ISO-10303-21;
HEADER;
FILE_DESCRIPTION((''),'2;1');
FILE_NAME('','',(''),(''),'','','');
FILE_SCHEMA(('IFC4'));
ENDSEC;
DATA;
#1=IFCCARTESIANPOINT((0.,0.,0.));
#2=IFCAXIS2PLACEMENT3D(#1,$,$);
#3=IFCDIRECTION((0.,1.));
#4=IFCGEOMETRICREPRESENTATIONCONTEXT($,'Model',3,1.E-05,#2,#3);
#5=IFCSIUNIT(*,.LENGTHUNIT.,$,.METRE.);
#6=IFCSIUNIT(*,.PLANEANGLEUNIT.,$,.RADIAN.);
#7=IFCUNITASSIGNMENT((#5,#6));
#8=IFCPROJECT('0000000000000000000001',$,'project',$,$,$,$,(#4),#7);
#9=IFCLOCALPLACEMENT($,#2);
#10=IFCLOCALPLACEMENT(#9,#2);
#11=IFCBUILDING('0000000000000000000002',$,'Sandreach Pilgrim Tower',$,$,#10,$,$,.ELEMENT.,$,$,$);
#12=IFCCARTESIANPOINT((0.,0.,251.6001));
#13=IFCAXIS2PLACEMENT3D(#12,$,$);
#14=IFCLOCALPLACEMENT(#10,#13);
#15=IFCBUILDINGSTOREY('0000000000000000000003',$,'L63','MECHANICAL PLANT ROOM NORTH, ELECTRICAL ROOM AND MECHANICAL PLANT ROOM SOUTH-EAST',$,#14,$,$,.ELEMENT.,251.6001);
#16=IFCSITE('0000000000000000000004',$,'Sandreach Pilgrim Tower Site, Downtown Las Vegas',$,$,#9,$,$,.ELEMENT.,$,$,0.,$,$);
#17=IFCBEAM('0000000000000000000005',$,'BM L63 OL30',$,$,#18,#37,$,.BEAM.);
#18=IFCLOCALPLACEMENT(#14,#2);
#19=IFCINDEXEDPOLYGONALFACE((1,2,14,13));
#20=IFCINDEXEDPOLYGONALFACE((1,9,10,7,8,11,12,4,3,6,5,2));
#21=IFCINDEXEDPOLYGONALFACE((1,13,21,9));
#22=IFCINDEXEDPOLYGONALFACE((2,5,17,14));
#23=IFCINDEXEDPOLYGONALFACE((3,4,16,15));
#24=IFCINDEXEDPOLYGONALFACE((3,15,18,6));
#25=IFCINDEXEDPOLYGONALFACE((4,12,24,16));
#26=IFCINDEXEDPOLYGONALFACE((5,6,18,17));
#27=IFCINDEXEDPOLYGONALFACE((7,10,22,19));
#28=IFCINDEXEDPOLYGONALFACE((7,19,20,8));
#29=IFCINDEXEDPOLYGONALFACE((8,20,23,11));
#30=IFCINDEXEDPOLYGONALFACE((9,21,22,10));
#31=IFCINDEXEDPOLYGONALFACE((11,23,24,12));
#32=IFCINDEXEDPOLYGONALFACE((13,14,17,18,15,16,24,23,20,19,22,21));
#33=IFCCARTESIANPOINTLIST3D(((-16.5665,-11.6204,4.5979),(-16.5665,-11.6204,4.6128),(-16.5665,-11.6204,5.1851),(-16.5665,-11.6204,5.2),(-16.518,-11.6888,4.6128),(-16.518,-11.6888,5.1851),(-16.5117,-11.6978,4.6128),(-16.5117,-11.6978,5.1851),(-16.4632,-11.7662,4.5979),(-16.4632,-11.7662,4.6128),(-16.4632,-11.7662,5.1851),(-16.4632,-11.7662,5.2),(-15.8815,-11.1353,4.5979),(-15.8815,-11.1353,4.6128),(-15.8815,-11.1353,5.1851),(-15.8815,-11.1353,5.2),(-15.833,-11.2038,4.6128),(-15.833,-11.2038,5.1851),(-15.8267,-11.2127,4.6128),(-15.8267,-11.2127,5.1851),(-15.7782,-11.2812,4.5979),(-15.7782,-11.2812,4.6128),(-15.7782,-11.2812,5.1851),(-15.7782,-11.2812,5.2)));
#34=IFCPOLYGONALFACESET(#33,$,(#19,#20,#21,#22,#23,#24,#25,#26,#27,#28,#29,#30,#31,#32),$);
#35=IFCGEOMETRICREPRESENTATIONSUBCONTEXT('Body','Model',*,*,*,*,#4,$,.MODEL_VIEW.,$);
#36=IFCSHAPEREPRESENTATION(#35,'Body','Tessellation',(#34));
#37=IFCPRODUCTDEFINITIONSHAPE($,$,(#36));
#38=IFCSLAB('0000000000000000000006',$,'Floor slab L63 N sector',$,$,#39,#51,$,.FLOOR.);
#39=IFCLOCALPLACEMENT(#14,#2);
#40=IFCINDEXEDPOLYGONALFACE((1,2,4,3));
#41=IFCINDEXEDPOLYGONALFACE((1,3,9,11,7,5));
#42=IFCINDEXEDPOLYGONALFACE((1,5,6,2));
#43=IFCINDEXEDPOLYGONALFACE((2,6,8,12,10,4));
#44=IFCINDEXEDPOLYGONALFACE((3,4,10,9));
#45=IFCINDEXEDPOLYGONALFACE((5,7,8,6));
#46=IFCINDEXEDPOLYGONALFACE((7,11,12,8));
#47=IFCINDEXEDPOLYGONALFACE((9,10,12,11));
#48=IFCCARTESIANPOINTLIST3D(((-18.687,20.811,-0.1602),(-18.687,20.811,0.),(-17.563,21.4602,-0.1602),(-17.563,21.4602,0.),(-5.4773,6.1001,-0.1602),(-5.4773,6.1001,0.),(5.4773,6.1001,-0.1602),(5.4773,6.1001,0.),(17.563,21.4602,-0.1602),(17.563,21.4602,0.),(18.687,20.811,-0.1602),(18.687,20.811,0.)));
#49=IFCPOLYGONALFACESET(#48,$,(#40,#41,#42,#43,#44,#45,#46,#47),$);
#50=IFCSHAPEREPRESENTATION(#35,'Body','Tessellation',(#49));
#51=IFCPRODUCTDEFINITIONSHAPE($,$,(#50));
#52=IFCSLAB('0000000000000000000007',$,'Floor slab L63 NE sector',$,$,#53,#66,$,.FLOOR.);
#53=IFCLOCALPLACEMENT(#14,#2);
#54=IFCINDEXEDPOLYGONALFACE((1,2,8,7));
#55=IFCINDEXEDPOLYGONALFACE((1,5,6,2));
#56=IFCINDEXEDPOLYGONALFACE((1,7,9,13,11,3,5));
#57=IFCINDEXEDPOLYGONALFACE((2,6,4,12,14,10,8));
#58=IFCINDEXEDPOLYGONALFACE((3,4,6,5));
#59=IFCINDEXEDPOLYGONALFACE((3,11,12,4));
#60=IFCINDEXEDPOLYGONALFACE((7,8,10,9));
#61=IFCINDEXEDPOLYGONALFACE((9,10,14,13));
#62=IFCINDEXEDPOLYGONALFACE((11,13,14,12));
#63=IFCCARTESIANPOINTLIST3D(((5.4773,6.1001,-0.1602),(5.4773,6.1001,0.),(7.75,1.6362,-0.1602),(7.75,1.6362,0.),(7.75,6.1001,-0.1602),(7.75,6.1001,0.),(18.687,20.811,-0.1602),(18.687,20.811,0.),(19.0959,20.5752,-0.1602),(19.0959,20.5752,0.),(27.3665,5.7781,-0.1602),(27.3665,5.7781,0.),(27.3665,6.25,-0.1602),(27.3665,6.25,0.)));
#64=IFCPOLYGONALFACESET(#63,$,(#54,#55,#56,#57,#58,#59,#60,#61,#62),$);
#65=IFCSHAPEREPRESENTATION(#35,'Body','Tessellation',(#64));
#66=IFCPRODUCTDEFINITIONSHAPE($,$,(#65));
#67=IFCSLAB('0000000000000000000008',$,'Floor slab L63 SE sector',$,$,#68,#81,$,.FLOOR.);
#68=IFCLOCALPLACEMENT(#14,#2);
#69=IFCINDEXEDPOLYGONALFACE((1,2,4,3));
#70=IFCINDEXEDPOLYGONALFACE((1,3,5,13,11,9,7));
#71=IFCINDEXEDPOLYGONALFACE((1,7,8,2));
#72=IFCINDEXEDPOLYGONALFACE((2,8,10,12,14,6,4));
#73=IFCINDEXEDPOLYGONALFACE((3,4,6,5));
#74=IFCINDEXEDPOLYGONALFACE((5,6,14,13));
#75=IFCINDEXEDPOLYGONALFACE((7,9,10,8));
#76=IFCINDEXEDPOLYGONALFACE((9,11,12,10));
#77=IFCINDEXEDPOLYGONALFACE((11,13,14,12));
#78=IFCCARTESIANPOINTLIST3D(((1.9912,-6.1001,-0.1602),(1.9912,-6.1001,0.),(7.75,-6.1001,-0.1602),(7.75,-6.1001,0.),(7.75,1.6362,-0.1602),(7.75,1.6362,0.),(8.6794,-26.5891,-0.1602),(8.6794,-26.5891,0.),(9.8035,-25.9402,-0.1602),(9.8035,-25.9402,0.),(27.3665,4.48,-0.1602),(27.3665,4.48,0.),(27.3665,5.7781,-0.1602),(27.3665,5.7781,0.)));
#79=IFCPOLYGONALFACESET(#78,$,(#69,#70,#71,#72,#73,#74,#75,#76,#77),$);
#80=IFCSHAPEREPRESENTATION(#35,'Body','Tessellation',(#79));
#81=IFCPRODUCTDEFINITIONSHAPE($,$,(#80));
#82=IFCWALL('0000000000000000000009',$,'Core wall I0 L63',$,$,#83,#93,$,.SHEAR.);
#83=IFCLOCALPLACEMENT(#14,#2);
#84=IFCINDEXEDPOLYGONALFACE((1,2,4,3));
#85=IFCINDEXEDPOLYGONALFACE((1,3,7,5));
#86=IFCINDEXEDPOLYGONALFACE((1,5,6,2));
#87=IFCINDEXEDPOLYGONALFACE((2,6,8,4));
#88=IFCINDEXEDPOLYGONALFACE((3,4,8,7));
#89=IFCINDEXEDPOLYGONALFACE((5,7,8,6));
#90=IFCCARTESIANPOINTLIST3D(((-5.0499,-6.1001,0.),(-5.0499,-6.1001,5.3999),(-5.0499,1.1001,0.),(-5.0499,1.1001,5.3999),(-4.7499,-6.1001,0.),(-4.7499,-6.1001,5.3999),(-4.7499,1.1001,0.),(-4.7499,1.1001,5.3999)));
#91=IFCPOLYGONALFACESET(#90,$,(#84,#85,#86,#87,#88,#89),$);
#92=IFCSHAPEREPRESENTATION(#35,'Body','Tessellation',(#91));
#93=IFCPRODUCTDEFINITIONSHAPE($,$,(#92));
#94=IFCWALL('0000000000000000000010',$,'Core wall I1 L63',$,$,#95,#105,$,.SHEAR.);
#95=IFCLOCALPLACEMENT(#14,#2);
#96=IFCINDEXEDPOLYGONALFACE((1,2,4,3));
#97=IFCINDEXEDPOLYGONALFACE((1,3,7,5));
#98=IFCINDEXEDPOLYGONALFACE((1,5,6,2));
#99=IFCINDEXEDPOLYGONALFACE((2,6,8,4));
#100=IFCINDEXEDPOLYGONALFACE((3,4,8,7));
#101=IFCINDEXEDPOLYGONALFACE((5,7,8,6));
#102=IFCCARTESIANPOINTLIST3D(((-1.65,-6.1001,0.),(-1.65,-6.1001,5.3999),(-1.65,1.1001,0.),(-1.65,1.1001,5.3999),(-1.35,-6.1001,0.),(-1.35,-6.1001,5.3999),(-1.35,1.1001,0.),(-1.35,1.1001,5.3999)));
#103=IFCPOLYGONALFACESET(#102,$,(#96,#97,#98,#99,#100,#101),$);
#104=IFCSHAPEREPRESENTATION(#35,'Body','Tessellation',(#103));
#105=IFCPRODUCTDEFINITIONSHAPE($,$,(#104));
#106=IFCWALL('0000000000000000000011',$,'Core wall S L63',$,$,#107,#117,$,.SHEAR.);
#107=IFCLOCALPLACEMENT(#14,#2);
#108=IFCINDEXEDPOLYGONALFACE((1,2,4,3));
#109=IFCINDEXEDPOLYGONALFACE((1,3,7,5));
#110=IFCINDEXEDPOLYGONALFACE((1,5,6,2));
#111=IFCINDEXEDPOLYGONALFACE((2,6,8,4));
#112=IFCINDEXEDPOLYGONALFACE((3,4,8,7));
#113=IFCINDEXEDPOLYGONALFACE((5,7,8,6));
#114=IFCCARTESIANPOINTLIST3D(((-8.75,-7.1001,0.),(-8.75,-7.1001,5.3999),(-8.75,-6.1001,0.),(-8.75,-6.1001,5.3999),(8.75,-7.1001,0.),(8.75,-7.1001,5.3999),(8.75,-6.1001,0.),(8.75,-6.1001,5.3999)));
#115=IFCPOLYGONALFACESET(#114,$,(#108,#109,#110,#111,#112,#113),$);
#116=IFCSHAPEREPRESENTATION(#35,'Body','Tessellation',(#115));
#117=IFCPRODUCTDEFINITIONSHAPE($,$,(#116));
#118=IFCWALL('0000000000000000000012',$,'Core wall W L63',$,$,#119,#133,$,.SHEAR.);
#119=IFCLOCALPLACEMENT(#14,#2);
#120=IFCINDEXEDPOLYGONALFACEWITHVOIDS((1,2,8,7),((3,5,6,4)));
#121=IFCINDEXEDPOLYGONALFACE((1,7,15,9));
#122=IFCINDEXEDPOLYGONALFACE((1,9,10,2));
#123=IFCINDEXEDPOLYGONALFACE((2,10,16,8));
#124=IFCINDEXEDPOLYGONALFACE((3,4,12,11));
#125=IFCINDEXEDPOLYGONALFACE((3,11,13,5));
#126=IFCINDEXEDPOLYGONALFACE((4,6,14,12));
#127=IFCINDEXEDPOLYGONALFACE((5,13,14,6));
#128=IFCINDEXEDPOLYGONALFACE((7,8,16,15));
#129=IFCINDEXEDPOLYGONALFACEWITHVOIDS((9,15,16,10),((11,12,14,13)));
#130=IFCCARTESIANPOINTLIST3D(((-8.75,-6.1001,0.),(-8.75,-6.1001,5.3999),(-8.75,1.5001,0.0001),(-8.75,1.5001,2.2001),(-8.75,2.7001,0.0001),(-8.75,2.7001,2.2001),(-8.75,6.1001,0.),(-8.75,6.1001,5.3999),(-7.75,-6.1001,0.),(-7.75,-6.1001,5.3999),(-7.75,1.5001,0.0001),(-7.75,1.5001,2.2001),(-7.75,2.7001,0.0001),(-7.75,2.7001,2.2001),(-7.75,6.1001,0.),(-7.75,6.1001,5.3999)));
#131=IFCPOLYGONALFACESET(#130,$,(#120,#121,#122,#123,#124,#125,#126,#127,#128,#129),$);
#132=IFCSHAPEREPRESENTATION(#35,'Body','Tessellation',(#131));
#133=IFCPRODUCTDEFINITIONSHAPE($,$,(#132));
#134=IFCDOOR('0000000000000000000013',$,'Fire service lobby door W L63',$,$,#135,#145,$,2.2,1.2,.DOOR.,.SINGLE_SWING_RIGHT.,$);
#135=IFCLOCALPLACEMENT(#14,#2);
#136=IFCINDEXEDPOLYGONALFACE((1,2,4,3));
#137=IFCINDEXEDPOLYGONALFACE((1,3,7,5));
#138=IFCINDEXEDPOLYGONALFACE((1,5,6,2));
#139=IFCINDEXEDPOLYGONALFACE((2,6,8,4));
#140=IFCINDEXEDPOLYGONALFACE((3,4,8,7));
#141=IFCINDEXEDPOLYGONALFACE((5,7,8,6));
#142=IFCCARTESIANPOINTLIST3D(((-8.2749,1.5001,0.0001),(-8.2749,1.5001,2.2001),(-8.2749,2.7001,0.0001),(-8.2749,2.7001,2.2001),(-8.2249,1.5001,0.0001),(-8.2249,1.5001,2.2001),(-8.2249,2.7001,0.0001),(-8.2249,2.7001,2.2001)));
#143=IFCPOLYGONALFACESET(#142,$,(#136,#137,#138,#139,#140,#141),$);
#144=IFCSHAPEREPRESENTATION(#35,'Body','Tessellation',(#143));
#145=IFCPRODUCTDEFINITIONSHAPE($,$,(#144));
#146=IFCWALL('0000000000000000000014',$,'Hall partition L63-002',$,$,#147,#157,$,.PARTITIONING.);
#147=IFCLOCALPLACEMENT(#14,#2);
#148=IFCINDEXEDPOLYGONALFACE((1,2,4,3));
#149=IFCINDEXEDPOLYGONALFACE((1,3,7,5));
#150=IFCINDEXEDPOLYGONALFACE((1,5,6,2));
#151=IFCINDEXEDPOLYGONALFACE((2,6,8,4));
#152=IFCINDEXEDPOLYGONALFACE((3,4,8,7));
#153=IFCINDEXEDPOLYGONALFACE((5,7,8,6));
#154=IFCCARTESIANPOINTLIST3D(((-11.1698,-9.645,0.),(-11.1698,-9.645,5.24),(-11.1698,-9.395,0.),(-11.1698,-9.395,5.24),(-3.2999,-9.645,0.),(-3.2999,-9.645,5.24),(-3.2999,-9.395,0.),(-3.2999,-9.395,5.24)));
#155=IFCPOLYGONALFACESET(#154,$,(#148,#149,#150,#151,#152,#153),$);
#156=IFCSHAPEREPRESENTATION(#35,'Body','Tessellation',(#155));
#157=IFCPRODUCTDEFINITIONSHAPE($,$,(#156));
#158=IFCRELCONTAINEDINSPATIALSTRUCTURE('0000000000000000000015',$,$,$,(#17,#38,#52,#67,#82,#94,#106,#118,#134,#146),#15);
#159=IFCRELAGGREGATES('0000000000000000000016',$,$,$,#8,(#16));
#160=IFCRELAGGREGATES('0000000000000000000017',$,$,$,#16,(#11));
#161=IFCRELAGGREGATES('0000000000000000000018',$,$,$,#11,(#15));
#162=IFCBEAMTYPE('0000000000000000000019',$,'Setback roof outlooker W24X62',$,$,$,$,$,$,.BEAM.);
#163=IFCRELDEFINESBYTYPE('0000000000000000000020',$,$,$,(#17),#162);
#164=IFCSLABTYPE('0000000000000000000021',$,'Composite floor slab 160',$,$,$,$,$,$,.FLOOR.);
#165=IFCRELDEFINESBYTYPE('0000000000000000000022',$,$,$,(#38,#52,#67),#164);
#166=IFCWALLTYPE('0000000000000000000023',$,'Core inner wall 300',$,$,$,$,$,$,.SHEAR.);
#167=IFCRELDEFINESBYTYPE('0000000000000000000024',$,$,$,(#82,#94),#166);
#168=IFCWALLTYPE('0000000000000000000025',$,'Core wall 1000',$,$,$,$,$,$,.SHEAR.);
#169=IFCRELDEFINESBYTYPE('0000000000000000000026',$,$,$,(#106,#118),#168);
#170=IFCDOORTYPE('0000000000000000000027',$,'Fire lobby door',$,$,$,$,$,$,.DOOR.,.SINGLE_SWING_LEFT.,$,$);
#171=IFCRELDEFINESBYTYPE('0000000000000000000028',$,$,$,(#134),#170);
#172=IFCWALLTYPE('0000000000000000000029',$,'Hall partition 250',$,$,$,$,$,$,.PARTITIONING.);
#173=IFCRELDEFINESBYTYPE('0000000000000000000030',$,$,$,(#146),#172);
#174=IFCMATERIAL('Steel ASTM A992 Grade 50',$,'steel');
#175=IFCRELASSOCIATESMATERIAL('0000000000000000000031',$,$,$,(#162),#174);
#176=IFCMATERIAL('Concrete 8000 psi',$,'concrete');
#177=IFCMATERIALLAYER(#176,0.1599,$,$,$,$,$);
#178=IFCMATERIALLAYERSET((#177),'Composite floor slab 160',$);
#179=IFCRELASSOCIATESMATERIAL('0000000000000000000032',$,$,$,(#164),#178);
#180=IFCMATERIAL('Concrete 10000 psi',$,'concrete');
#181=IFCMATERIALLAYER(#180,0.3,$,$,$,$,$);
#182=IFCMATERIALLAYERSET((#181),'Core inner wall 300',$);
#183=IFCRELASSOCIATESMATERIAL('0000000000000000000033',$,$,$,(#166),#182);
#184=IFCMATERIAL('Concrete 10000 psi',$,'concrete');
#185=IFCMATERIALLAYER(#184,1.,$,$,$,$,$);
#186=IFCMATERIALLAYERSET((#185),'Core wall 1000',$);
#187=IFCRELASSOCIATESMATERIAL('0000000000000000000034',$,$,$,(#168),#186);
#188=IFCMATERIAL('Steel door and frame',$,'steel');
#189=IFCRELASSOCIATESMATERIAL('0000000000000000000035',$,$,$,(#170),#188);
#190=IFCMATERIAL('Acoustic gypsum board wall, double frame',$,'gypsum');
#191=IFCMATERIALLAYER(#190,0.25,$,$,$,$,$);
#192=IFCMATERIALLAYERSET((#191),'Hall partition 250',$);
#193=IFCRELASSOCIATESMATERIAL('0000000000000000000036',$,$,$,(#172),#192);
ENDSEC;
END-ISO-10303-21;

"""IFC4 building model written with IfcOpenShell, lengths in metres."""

from ifc_helpers import new_model, si_unit, direction, frame, frame_2d, origin, origin_2d, place, context, subcontext, project, spatial, polyline, rectangle, i_section, outline, extrude, material, layer, layer_set, material_profile, profile_set, type_object, element, fill, save


model = new_model("IFC4")

# Units and contexts
model_context = context("Model", 3, precision=1e-05, world=origin(), true_north=direction((0.0, 1.0)))
body_context = subcontext(model_context, "Body", "Model", "MODEL_VIEW")
ifc_project = project(units=[si_unit("LENGTHUNIT", "METRE"), si_unit("PLANEANGLEUNIT", "RADIAN")], contexts=[model_context])

# Site, building, storey
site_placement = place(None, origin())
site = spatial("IfcSite", under=ifc_project, at=site_placement, Name="Sandreach Pilgrim Tower Site, Downtown Las Vegas", CompositionType="ELEMENT", RefElevation=0.0)
building_placement = place(site_placement, origin())
building = spatial("IfcBuilding", under=site, at=building_placement, Name="Sandreach Pilgrim Tower", CompositionType="ELEMENT")
storey_placement = place(building_placement, frame((0.0, 0.0, 251.6001)))
storey = spatial("IfcBuildingStorey", under=building, at=storey_placement, Name="L63", Description="MECHANICAL PLANT ROOM NORTH, ELECTRICAL ROOM AND MECHANICAL PLANT ROOM SOUTH-EAST", CompositionType="ELEMENT", Elevation=251.6001)

# Beam
ifc_material_1 = material(Name="Steel ASTM A992 Grade 50", Category="steel")
ifc_material_profile_1 = material_profile(ifc_material_1, i_section(OverallWidth=0.1787, OverallDepth=0.6021, WebThickness=0.011, FlangeThickness=0.0149, at=origin_2d()), Name="W24X62")
ifc_profile_set_1 = profile_set([ifc_material_profile_1], Name="Steel ASTM A992 Grade 50")
beam_type_1 = type_object("IfcBeamType", Name="Setback roof outlooker W24X62", PredefinedType="BEAM", material=ifc_profile_set_1)
beam_1_placement = place(storey_placement, frame((-15.8298, -11.2083, 4.8989), z_axis=(-0.816104, -0.577904, 0.0), x_axis=(0.577904, -0.816104, 0.0)))
element("IfcBeam", 1, at=beam_1_placement, inside=storey, type_object=beam_type_1, Name="BM L63 OL30", PredefinedType="BEAM", context=body_context, shape_type="SweptSolid", body=[
    extrude(i_section(OverallWidth=0.1787, OverallDepth=0.6021, WebThickness=0.011, FlangeThickness=0.0149, at=origin_2d()), origin(), (0.0, 0.0, 1.0), 0.8394),
])

# Slabs
ifc_material_2 = material(Name="Concrete 8000 psi", Category="concrete")
ifc_layer_1 = layer(ifc_material_2, 0.1599)
ifc_layer_set_1 = layer_set([ifc_layer_1], Name="Composite floor slab 160")
slab_type = type_object("IfcSlabType", Name="Composite floor slab 160", PredefinedType="FLOOR", material=ifc_layer_set_1)
slab_1_placement = place(storey_placement, frame((0.0, 0.0, -0.1602)))
element("IfcSlab", 2, at=slab_1_placement, inside=storey, type_object=slab_type, Name="Floor slab L63 N sector", PredefinedType="FLOOR", context=body_context, shape_type="SweptSolid", body=[
    extrude(outline(polyline([(-17.563, 21.4602), (17.563, 21.4602), (18.687, 20.811), (5.4773, 6.1001), (-5.4773, 6.1001), (-18.687, 20.811), (-17.563, 21.4602)])), origin(), (0.0, 0.0, 1.0), 0.1602),
])
slab_2_placement = place(storey_placement, frame((0.0, 0.0, -0.1602)))
element("IfcSlab", 3, at=slab_2_placement, inside=storey, type_object=slab_type, Name="Floor slab L63 NE sector", PredefinedType="FLOOR", context=body_context, shape_type="SweptSolid", body=[
    extrude(outline(polyline([(19.0959, 20.5752), (27.3665, 6.25), (27.3665, 5.7781), (7.75, 1.6362), (7.75, 6.1001), (5.4773, 6.1001), (18.687, 20.811), (19.0959, 20.5752)])), origin(), (0.0, 0.0, 1.0), 0.1602),
])
slab_3_placement = place(storey_placement, frame((0.0, 0.0, -0.1602)))
element("IfcSlab", 4, at=slab_3_placement, inside=storey, type_object=slab_type, Name="Floor slab L63 SE sector", PredefinedType="FLOOR", context=body_context, shape_type="SweptSolid", body=[
    extrude(outline(polyline([(27.3665, 4.48), (9.8035, -25.9402), (8.6794, -26.5891), (1.9912, -6.1001), (7.75, -6.1001), (7.75, 1.6362), (27.3665, 5.7781), (27.3665, 4.48)])), origin(), (0.0, 0.0, 1.0), 0.1602),
])

# Walls
ifc_material_3 = material(Name="Concrete 10000 psi", Category="concrete")
ifc_layer_2 = layer(ifc_material_3, 0.3)
ifc_layer_set_2 = layer_set([ifc_layer_2], Name="Core inner wall 300")
wall_type_1 = type_object("IfcWallType", Name="Core inner wall 300", PredefinedType="SHEAR", material=ifc_layer_set_2)
for number, where, z_axis, x_axis, name in (
    (5, (-4.8999, -6.1001, 0.0), (0.0, 0.0, 1.0), (0.0, 1.0, 0.0), "Core wall I0 L63"),
    (6, (-1.5, -6.1001, 0.0), (0.0, 0.0, 1.0), (0.0, 1.0, 0.0), "Core wall I1 L63"),
):
    element("IfcWall", number, at=place(storey_placement, frame(where, z_axis=z_axis, x_axis=x_axis)), inside=storey, type_object=wall_type_1, Name=name, PredefinedType="SHEAR", context=body_context, shape_type="SweptSolid", body=[
        extrude(rectangle(XDim=7.2002, YDim=0.3, at=frame_2d((3.6001, 0.0))), origin(), (0.0, 0.0, 1.0), 5.3999),
    ])

# Wall
ifc_material_4 = material(Name="Concrete 10000 psi", Category="concrete")
ifc_layer_3 = layer(ifc_material_4, 1.0)
ifc_layer_set_3 = layer_set([ifc_layer_3], Name="Core wall 1000")
wall_type_2 = type_object("IfcWallType", Name="Core wall 1000", PredefinedType="SHEAR", material=ifc_layer_set_3)
wall_1_placement = place(storey_placement, frame((-8.75, -6.6001, 0.0), z_axis=(0.0, 0.0, 1.0), x_axis=(1.0, 0.0, 0.0)))
element("IfcWall", 7, at=wall_1_placement, inside=storey, type_object=wall_type_2, Name="Core wall S L63", PredefinedType="SHEAR", context=body_context, shape_type="SweptSolid", body=[
    extrude(rectangle(XDim=17.5, YDim=1.0, at=frame_2d((8.75, 0.0))), origin(), (0.0, 0.0, 1.0), 5.3999),
])

# Wall, opening, door
wall_2_placement = place(storey_placement, frame((-8.25, -6.1001, 0.0), z_axis=(0.0, 0.0, 1.0), x_axis=(0.0, 1.0, 0.0)))
wall_2 = element("IfcWall", 8, at=wall_2_placement, inside=storey, type_object=wall_type_2, Name="Core wall W L63", PredefinedType="SHEAR", context=body_context, shape_type="SweptSolid", body=[
    extrude(rectangle(XDim=12.2002, YDim=1.0, at=frame_2d((6.1001, 0.0))), origin(), (0.0, 0.0, 1.0), 5.3999),
])
opening_1_placement = place(wall_2_placement, frame((7.6001, 0.0, 0.0)))
opening_1 = element("IfcOpeningElement", 9, at=opening_1_placement, cuts=wall_2, PredefinedType="OPENING", context=body_context, shape_type="SweptSolid", body=[
    extrude(rectangle(XDim=1.2, YDim=2.2, at=frame_2d((0.6001, 1.1001))), frame((0.0, 0.5, 0.0), z_axis=(0.0, -1.0, 0.0), x_axis=(1.0, 0.0, 0.0)), (0.0, 0.0, 1.0), 1.0),
])
ifc_material_5 = material(Name="Steel door and frame", Category="steel")
door_type_1 = type_object("IfcDoorType", Name="Fire lobby door", OperationType="SINGLE_SWING_LEFT", PredefinedType="DOOR", material=ifc_material_5)
door_1_placement = place(opening_1_placement, origin())
door_1 = element("IfcDoor", 10, at=door_1_placement, inside=storey, type_object=door_type_1, Name="Fire service lobby door W L63", OperationType="SINGLE_SWING_RIGHT", OverallHeight=2.2, OverallWidth=1.2, PredefinedType="DOOR", context=body_context, shape_type="SweptSolid", body=[
    extrude(rectangle(XDim=1.2, YDim=2.2, at=frame_2d((0.6001, 1.1001))), frame((0.0, 0.0249, 0.0), z_axis=(0.0, -1.0, 0.0), x_axis=(1.0, 0.0, 0.0)), (0.0, 0.0, 1.0), 0.05),
])
fill(opening_1, door_1)

# Wall
ifc_material_6 = material(Name="Acoustic gypsum board wall, double frame", Category="gypsum")
ifc_layer_4 = layer(ifc_material_6, 0.25)
ifc_layer_set_4 = layer_set([ifc_layer_4], Name="Hall partition 250")
wall_type_3 = type_object("IfcWallType", Name="Hall partition 250", PredefinedType="PARTITIONING", material=ifc_layer_set_4)
wall_3_placement = place(storey_placement, frame((-11.1699, -9.52, 0.0), z_axis=(0.0, 0.0, 1.0), x_axis=(1.0, 0.0, 0.0)))
element("IfcWall", 11, at=wall_3_placement, inside=storey, type_object=wall_type_3, Name="Hall partition L63-002", PredefinedType="PARTITIONING", context=body_context, shape_type="SweptSolid", body=[
    extrude(rectangle(XDim=7.8699, YDim=0.25, at=frame_2d((3.9351, 0.0))), origin(), (0.0, 0.0, 1.0), 5.24),
])

save(model, "model.ifc")
